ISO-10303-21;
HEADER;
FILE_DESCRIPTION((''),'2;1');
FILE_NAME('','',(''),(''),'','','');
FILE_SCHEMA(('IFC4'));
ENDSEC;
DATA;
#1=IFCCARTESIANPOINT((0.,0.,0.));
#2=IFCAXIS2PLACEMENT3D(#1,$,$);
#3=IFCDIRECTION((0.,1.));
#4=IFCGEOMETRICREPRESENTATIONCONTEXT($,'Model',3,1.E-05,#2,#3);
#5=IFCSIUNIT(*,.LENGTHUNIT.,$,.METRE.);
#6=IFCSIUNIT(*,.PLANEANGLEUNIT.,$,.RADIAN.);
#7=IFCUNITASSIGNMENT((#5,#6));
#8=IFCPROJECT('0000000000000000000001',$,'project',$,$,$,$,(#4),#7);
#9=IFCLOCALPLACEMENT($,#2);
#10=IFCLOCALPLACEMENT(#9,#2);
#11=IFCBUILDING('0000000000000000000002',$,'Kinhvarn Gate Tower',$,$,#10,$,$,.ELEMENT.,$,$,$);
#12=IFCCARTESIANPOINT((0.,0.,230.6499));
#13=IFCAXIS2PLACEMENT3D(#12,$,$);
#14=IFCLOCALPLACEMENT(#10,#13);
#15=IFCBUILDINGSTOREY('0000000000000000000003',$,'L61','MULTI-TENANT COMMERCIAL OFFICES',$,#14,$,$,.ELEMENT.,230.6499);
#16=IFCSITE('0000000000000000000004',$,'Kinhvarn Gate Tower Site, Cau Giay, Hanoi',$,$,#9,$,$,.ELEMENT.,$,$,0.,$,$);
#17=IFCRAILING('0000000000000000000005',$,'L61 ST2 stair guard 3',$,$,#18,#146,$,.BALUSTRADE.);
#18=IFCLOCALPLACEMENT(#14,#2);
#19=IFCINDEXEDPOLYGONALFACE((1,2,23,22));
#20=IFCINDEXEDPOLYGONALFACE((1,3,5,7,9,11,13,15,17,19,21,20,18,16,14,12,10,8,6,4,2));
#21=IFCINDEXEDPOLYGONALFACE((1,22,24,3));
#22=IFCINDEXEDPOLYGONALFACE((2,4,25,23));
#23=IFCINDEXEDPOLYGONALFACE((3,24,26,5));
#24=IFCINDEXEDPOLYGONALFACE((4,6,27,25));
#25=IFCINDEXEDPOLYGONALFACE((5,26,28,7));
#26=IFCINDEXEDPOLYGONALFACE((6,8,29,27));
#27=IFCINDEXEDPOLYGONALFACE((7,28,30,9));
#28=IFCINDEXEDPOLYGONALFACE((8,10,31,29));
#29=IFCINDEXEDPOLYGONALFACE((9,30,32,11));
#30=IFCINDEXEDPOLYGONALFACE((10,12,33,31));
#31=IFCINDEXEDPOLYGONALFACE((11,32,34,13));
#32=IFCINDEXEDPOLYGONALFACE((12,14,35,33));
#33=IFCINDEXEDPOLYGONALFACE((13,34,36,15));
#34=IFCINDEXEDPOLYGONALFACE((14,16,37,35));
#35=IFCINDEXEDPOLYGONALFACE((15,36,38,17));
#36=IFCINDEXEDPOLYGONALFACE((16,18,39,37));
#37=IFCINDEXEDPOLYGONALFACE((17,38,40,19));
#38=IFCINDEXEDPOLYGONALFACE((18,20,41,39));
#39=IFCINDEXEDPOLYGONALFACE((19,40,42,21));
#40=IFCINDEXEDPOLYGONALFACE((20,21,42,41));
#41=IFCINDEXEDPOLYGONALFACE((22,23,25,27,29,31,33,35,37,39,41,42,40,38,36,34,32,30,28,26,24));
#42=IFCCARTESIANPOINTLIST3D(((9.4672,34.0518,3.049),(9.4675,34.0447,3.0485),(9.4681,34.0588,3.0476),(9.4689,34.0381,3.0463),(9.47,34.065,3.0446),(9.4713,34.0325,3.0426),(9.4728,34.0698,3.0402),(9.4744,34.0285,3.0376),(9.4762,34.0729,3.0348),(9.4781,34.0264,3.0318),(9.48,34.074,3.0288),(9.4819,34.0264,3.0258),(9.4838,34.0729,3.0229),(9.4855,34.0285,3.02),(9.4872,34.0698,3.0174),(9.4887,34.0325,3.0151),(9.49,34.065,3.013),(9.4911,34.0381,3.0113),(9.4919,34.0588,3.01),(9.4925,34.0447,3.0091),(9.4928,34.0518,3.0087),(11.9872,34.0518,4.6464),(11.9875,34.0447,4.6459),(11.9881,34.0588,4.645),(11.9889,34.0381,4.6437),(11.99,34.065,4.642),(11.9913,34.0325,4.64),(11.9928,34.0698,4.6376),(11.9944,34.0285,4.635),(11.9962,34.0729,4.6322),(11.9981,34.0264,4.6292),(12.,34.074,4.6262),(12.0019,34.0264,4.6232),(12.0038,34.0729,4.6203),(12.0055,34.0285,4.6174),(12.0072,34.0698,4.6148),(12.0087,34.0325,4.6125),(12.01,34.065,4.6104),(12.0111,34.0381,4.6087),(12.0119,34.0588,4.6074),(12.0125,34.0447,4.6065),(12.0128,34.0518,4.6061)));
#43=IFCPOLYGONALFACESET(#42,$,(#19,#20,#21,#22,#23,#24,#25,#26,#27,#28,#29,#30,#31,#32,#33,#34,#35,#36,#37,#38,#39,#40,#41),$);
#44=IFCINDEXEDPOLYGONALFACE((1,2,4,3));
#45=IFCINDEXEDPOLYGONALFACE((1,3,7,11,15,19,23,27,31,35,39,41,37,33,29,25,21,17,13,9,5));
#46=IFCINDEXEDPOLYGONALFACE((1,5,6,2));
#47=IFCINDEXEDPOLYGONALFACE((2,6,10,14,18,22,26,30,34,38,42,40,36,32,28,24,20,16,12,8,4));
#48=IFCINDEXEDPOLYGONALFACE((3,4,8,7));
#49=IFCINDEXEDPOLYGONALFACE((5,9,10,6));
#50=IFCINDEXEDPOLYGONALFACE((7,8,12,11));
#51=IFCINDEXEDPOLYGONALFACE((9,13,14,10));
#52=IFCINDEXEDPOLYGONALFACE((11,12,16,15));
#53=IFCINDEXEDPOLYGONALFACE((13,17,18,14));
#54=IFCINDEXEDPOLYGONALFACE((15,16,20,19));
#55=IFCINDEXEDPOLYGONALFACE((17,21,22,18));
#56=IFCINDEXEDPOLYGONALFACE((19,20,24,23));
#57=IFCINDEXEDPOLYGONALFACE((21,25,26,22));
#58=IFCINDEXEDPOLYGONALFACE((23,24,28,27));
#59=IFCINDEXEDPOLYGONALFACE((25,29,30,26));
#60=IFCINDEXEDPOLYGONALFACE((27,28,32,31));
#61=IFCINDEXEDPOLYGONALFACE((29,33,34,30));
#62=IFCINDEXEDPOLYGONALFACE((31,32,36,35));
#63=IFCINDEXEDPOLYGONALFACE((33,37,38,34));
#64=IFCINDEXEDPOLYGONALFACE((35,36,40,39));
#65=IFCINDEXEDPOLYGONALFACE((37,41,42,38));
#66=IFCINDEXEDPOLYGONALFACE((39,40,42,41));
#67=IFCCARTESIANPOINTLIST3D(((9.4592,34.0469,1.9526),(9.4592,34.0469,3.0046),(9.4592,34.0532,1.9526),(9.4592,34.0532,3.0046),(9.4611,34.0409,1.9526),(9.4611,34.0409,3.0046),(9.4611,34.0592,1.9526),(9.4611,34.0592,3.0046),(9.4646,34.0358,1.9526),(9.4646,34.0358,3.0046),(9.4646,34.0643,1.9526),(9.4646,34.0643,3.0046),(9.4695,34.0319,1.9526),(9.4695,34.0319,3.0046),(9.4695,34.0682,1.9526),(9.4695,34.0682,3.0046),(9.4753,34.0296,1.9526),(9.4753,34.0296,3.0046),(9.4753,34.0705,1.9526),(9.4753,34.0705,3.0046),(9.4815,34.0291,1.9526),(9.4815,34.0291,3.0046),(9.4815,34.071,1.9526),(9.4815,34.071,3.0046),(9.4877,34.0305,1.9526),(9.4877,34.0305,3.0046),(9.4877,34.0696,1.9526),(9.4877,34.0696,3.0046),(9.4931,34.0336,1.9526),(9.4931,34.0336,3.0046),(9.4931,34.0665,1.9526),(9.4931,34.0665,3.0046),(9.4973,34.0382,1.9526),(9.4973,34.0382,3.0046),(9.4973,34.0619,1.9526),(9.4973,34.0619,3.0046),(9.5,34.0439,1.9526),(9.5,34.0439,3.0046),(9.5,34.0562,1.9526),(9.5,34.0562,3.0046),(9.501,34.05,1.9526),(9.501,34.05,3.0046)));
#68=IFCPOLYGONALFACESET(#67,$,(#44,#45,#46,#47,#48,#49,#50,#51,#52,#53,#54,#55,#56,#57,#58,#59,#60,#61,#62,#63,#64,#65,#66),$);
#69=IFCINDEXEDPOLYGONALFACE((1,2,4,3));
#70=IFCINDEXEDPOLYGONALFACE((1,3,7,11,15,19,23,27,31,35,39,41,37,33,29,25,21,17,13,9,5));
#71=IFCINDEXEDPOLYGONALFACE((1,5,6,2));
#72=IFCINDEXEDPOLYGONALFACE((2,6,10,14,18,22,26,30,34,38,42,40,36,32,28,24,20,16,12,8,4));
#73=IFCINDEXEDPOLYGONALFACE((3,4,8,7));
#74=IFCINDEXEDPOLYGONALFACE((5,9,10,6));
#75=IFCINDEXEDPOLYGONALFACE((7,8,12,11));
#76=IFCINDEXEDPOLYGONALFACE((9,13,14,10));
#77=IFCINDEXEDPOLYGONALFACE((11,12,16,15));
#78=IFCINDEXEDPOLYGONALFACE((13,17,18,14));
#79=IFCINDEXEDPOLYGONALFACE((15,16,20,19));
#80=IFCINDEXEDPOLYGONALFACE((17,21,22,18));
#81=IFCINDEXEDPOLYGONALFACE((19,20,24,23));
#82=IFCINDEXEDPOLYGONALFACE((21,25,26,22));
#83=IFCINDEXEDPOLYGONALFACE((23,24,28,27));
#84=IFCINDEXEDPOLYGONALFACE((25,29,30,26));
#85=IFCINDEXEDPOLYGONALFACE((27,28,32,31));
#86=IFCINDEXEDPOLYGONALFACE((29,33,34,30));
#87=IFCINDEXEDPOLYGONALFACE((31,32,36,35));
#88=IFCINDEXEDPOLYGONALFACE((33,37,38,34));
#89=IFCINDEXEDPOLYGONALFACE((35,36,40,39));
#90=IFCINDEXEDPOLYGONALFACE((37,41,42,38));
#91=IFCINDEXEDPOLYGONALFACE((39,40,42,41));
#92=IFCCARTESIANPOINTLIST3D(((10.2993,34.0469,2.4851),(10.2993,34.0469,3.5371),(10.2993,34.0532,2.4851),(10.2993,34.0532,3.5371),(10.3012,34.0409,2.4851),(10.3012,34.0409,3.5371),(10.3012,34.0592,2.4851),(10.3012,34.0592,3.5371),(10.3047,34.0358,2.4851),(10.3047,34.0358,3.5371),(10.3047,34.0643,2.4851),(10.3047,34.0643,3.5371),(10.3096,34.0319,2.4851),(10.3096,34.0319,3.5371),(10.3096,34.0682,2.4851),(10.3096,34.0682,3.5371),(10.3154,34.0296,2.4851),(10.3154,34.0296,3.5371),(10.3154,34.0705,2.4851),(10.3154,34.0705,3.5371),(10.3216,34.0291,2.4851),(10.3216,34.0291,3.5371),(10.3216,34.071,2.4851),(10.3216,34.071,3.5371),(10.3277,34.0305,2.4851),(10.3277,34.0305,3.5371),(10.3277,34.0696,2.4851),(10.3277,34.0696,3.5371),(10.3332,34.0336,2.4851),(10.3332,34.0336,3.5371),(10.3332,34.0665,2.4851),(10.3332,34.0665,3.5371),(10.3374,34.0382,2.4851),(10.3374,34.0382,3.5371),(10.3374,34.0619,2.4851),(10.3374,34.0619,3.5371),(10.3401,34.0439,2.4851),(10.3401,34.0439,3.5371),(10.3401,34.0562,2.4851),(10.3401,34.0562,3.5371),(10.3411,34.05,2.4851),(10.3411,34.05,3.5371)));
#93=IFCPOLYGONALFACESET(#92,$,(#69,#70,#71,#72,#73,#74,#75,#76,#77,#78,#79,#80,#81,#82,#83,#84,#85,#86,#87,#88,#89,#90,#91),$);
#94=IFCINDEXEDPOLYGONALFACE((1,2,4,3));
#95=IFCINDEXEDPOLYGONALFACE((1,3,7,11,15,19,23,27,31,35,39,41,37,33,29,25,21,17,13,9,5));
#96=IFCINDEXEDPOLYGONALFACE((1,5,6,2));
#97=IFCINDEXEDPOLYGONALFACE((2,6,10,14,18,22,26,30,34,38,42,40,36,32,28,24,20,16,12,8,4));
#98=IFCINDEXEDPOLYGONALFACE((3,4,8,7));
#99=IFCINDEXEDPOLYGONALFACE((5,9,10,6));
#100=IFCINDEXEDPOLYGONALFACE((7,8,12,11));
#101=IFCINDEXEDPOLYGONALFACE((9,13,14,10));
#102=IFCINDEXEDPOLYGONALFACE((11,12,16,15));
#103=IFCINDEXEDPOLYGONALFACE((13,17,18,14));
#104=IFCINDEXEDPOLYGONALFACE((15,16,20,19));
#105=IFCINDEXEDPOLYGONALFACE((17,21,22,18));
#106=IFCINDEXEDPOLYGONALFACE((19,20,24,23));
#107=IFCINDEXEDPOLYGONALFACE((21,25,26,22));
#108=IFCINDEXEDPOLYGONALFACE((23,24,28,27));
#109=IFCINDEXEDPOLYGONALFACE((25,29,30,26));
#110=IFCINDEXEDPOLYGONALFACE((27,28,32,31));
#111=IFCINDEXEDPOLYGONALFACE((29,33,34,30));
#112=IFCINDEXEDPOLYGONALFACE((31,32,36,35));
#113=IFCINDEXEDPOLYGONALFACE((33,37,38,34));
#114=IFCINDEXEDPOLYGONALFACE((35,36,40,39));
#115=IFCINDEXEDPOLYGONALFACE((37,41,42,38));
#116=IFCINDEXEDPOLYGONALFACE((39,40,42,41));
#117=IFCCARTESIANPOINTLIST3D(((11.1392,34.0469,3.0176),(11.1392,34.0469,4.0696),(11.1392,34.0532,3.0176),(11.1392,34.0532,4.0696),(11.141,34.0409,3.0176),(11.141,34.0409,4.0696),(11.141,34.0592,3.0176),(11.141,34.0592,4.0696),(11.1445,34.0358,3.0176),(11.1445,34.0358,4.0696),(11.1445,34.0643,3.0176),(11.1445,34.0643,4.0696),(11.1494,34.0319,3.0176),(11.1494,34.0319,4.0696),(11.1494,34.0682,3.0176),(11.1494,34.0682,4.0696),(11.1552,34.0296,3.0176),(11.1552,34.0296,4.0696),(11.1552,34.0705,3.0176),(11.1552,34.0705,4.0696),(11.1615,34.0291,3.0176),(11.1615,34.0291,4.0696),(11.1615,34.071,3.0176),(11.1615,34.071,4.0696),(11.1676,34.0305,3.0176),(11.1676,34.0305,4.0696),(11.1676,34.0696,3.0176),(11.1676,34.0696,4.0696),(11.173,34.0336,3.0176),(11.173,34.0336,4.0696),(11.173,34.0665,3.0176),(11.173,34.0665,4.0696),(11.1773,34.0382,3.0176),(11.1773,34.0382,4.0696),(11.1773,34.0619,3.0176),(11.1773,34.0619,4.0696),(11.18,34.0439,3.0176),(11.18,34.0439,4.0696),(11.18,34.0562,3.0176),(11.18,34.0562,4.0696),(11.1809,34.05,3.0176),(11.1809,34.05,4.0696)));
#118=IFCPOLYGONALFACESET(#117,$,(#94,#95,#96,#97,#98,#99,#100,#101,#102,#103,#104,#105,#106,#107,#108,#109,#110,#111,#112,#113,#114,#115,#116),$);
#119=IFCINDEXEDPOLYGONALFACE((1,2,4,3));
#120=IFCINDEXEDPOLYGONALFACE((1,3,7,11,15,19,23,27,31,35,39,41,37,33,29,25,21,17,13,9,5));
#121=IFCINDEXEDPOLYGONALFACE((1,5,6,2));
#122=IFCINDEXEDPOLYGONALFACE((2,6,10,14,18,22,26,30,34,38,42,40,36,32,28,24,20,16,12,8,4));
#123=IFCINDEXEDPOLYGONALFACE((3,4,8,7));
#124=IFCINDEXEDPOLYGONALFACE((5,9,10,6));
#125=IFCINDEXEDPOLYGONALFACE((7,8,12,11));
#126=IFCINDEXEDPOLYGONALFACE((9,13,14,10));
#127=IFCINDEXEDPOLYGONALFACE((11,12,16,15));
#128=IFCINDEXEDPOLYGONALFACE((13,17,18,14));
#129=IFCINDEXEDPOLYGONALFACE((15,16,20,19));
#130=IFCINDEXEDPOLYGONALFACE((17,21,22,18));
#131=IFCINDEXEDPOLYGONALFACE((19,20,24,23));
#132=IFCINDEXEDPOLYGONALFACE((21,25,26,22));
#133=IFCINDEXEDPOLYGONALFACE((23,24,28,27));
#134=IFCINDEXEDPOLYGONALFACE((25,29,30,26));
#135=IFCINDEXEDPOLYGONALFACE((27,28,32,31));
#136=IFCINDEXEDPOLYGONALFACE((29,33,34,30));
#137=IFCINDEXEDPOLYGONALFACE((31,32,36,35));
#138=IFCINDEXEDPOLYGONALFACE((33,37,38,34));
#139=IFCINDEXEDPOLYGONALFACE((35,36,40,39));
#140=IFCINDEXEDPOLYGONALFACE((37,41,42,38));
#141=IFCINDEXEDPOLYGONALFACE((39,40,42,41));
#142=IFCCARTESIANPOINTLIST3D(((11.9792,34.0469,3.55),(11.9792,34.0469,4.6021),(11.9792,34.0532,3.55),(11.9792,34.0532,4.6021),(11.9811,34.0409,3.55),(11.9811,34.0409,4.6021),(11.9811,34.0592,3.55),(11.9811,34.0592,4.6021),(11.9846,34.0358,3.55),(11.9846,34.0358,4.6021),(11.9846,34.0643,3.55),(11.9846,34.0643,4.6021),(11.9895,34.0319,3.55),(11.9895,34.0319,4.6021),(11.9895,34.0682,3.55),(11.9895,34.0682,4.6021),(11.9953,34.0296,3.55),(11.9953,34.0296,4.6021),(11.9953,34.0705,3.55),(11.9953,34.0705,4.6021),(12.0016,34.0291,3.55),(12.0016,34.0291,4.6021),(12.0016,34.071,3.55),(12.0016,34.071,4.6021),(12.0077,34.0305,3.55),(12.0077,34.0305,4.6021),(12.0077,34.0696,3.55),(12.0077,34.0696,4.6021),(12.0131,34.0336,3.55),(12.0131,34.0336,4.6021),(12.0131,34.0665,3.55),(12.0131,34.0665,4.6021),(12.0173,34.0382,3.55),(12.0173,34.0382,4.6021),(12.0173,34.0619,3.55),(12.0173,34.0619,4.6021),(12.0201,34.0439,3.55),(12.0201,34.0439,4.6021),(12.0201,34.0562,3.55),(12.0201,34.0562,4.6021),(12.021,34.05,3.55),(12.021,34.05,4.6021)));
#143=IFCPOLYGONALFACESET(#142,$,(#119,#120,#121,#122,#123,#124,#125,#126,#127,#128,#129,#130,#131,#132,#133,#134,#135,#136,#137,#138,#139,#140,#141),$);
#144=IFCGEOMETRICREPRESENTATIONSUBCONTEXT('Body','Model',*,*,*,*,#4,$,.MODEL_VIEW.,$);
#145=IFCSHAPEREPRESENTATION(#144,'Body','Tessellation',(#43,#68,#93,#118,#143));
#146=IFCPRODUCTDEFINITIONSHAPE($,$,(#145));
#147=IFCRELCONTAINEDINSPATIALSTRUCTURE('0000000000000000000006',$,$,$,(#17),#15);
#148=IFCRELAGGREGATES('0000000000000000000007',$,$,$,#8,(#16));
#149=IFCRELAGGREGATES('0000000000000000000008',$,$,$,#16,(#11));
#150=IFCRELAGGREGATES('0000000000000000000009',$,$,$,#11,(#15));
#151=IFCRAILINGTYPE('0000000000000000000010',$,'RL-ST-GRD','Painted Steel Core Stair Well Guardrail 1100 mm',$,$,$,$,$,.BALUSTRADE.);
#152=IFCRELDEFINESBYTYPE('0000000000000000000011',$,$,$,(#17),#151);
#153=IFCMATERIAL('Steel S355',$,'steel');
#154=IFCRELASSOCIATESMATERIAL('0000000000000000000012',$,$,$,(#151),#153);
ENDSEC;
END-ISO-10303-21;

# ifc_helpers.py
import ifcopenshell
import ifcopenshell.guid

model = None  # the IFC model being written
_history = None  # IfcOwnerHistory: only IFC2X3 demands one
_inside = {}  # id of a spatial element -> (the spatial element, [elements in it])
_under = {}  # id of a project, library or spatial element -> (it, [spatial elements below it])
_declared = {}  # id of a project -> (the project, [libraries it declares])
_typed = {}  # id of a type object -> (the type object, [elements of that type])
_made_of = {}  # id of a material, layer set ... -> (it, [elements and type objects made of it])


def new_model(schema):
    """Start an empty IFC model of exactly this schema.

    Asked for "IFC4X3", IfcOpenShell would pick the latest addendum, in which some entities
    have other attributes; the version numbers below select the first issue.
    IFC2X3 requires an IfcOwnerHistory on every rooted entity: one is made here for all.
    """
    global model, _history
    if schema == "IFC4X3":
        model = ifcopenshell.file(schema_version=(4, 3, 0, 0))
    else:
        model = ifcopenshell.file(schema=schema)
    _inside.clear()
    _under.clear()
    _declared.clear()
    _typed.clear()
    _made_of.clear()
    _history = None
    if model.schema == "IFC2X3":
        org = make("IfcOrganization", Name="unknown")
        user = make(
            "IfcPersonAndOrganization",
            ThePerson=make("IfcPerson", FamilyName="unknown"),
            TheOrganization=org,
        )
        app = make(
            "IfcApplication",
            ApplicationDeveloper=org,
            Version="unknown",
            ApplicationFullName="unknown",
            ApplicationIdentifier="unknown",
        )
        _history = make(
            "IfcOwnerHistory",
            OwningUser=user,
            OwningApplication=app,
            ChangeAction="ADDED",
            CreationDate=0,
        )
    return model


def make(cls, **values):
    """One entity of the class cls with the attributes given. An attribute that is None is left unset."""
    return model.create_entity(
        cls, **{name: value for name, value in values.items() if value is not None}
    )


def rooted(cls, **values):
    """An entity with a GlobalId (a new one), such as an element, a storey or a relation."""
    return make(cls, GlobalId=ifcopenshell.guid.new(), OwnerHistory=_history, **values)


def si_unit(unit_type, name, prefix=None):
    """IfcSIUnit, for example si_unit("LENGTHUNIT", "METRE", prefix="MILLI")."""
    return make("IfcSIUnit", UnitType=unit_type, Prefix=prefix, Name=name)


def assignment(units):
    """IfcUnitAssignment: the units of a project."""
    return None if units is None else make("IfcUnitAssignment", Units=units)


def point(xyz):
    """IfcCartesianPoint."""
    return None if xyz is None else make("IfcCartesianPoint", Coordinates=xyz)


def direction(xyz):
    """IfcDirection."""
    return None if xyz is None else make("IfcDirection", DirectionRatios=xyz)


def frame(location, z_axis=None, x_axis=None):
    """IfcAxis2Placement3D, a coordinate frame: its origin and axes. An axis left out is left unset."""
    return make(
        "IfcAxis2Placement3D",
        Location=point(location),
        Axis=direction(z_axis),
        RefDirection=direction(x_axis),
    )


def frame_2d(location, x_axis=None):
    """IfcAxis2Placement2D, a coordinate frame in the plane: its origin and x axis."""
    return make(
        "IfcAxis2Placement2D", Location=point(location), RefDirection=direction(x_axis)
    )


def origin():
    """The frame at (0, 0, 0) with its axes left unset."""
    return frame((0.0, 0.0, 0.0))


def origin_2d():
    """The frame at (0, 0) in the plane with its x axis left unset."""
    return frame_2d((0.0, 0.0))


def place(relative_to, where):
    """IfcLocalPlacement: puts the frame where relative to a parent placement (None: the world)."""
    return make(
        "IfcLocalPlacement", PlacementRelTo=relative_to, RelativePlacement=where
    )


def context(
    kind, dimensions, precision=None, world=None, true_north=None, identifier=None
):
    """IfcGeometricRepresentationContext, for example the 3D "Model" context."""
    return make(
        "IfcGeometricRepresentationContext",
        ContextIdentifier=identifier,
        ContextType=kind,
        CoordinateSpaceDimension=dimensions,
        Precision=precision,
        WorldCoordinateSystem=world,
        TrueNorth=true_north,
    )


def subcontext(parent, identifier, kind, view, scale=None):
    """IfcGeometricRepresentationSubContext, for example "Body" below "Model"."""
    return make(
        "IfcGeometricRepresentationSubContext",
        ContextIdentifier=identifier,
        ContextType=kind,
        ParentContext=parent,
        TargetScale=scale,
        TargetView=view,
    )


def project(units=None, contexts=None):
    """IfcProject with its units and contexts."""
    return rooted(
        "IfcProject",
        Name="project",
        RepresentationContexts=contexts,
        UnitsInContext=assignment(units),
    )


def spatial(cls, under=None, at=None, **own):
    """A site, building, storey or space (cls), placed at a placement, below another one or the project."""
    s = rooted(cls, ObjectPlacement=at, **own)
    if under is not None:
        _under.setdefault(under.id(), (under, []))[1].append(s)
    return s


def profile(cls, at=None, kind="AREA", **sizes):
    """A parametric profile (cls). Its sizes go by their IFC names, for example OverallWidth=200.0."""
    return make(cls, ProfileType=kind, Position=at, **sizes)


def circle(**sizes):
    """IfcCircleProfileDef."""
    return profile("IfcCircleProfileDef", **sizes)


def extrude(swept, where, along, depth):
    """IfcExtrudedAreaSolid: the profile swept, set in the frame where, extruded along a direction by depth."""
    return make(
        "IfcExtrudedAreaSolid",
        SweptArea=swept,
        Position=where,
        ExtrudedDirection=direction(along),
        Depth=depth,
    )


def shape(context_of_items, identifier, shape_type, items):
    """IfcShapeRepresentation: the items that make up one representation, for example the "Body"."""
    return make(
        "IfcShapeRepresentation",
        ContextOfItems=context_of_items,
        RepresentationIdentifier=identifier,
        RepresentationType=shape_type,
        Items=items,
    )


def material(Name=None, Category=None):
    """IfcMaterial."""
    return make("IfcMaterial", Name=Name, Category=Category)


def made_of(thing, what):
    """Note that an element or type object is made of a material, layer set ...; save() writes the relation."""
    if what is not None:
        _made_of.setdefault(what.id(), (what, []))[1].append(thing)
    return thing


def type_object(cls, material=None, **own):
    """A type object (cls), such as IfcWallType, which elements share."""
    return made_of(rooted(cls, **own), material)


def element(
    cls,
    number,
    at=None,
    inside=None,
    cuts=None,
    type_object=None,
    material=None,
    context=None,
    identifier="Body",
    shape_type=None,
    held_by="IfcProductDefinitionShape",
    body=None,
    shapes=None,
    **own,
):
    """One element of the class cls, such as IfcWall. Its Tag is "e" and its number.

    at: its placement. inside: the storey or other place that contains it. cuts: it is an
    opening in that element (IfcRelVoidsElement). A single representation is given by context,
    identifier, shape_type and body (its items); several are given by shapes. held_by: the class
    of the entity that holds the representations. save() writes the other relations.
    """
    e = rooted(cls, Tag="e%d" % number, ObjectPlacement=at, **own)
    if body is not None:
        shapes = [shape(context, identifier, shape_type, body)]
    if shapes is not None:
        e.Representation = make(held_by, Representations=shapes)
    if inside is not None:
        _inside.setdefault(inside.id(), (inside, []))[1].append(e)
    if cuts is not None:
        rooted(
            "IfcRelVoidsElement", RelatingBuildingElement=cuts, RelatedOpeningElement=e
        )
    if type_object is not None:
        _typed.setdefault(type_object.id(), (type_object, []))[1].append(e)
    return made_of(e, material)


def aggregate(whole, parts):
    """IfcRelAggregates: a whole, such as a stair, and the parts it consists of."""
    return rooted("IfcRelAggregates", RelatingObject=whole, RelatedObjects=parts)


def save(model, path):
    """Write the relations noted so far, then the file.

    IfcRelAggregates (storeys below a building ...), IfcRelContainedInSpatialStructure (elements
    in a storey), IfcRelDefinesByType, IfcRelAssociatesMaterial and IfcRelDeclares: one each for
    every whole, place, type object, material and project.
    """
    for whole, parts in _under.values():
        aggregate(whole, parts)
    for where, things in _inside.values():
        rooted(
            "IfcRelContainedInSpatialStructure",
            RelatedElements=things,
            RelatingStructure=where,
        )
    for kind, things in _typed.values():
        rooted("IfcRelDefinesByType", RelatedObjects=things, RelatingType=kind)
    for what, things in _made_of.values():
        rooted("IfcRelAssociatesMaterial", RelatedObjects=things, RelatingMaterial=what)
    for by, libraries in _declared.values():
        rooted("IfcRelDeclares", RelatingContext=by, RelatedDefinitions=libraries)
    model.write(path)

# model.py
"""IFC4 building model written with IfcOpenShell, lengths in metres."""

from ifc_helpers import new_model, si_unit, direction, frame, origin, origin_2d, place, context, subcontext, project, spatial, circle, extrude, material, type_object, element, save


model = new_model("IFC4")

# Units and contexts
model_context = context("Model", 3, precision=1e-05, world=origin(), true_north=direction((0.0, 1.0)))
body_context = subcontext(model_context, "Body", "Model", "MODEL_VIEW")
ifc_project = project(units=[si_unit("LENGTHUNIT", "METRE"), si_unit("PLANEANGLEUNIT", "RADIAN")], contexts=[model_context])

# Site, building, storey
site_placement = place(None, origin())
site = spatial("IfcSite", under=ifc_project, at=site_placement, Name="Kinhvarn Gate Tower Site, Cau Giay, Hanoi", CompositionType="ELEMENT", RefElevation=0.0)
building_placement = place(site_placement, origin())
building = spatial("IfcBuilding", under=site, at=building_placement, Name="Kinhvarn Gate Tower", CompositionType="ELEMENT")
storey_placement = place(building_placement, frame((0.0, 0.0, 230.6499)))
storey = spatial("IfcBuildingStorey", under=building, at=storey_placement, Name="L61", Description="MULTI-TENANT COMMERCIAL OFFICES", CompositionType="ELEMENT", Elevation=230.6499)

# Railing
ifc_material_1 = material(Name="Steel S355", Category="steel")
railing_type_1 = type_object("IfcRailingType", Name="RL-ST-GRD", Description="Painted Steel Core Stair Well Guardrail 1100 mm", PredefinedType="BALUSTRADE", material=ifc_material_1)
railing_1_placement = place(storey_placement, frame((9.48, 34.05, 1.9526)))
element("IfcRailing", 1, at=railing_1_placement, inside=storey, type_object=railing_type_1, Name="L61 ST2 stair guard 3", PredefinedType="BALUSTRADE", context=body_context, shape_type="SweptSolid", body=[
    extrude(circle(Radius=0.0239, at=origin_2d()), frame((0.0, 0.0, 1.0762), z_axis=(0.844607, 0.0, 0.535387), x_axis=(0.0, 1.0, 0.0)), (0.0, 0.0, 1.0), 2.9836),
    extrude(circle(Radius=0.021, at=origin_2d()), origin(), (0.0, 0.0, 1.0), 1.052),
    extrude(circle(Radius=0.021, at=origin_2d()), frame((0.8401, 0.0, 0.5325)), (0.0, 0.0, 1.0), 1.052),
    extrude(circle(Radius=0.021, at=origin_2d()), frame((1.6799, 0.0, 1.0649)), (0.0, 0.0, 1.0), 1.052),
    extrude(circle(Radius=0.021, at=origin_2d()), frame((2.52, 0.0, 1.5974)), (0.0, 0.0, 1.0), 1.052),
])

save(model, "model.ifc")
